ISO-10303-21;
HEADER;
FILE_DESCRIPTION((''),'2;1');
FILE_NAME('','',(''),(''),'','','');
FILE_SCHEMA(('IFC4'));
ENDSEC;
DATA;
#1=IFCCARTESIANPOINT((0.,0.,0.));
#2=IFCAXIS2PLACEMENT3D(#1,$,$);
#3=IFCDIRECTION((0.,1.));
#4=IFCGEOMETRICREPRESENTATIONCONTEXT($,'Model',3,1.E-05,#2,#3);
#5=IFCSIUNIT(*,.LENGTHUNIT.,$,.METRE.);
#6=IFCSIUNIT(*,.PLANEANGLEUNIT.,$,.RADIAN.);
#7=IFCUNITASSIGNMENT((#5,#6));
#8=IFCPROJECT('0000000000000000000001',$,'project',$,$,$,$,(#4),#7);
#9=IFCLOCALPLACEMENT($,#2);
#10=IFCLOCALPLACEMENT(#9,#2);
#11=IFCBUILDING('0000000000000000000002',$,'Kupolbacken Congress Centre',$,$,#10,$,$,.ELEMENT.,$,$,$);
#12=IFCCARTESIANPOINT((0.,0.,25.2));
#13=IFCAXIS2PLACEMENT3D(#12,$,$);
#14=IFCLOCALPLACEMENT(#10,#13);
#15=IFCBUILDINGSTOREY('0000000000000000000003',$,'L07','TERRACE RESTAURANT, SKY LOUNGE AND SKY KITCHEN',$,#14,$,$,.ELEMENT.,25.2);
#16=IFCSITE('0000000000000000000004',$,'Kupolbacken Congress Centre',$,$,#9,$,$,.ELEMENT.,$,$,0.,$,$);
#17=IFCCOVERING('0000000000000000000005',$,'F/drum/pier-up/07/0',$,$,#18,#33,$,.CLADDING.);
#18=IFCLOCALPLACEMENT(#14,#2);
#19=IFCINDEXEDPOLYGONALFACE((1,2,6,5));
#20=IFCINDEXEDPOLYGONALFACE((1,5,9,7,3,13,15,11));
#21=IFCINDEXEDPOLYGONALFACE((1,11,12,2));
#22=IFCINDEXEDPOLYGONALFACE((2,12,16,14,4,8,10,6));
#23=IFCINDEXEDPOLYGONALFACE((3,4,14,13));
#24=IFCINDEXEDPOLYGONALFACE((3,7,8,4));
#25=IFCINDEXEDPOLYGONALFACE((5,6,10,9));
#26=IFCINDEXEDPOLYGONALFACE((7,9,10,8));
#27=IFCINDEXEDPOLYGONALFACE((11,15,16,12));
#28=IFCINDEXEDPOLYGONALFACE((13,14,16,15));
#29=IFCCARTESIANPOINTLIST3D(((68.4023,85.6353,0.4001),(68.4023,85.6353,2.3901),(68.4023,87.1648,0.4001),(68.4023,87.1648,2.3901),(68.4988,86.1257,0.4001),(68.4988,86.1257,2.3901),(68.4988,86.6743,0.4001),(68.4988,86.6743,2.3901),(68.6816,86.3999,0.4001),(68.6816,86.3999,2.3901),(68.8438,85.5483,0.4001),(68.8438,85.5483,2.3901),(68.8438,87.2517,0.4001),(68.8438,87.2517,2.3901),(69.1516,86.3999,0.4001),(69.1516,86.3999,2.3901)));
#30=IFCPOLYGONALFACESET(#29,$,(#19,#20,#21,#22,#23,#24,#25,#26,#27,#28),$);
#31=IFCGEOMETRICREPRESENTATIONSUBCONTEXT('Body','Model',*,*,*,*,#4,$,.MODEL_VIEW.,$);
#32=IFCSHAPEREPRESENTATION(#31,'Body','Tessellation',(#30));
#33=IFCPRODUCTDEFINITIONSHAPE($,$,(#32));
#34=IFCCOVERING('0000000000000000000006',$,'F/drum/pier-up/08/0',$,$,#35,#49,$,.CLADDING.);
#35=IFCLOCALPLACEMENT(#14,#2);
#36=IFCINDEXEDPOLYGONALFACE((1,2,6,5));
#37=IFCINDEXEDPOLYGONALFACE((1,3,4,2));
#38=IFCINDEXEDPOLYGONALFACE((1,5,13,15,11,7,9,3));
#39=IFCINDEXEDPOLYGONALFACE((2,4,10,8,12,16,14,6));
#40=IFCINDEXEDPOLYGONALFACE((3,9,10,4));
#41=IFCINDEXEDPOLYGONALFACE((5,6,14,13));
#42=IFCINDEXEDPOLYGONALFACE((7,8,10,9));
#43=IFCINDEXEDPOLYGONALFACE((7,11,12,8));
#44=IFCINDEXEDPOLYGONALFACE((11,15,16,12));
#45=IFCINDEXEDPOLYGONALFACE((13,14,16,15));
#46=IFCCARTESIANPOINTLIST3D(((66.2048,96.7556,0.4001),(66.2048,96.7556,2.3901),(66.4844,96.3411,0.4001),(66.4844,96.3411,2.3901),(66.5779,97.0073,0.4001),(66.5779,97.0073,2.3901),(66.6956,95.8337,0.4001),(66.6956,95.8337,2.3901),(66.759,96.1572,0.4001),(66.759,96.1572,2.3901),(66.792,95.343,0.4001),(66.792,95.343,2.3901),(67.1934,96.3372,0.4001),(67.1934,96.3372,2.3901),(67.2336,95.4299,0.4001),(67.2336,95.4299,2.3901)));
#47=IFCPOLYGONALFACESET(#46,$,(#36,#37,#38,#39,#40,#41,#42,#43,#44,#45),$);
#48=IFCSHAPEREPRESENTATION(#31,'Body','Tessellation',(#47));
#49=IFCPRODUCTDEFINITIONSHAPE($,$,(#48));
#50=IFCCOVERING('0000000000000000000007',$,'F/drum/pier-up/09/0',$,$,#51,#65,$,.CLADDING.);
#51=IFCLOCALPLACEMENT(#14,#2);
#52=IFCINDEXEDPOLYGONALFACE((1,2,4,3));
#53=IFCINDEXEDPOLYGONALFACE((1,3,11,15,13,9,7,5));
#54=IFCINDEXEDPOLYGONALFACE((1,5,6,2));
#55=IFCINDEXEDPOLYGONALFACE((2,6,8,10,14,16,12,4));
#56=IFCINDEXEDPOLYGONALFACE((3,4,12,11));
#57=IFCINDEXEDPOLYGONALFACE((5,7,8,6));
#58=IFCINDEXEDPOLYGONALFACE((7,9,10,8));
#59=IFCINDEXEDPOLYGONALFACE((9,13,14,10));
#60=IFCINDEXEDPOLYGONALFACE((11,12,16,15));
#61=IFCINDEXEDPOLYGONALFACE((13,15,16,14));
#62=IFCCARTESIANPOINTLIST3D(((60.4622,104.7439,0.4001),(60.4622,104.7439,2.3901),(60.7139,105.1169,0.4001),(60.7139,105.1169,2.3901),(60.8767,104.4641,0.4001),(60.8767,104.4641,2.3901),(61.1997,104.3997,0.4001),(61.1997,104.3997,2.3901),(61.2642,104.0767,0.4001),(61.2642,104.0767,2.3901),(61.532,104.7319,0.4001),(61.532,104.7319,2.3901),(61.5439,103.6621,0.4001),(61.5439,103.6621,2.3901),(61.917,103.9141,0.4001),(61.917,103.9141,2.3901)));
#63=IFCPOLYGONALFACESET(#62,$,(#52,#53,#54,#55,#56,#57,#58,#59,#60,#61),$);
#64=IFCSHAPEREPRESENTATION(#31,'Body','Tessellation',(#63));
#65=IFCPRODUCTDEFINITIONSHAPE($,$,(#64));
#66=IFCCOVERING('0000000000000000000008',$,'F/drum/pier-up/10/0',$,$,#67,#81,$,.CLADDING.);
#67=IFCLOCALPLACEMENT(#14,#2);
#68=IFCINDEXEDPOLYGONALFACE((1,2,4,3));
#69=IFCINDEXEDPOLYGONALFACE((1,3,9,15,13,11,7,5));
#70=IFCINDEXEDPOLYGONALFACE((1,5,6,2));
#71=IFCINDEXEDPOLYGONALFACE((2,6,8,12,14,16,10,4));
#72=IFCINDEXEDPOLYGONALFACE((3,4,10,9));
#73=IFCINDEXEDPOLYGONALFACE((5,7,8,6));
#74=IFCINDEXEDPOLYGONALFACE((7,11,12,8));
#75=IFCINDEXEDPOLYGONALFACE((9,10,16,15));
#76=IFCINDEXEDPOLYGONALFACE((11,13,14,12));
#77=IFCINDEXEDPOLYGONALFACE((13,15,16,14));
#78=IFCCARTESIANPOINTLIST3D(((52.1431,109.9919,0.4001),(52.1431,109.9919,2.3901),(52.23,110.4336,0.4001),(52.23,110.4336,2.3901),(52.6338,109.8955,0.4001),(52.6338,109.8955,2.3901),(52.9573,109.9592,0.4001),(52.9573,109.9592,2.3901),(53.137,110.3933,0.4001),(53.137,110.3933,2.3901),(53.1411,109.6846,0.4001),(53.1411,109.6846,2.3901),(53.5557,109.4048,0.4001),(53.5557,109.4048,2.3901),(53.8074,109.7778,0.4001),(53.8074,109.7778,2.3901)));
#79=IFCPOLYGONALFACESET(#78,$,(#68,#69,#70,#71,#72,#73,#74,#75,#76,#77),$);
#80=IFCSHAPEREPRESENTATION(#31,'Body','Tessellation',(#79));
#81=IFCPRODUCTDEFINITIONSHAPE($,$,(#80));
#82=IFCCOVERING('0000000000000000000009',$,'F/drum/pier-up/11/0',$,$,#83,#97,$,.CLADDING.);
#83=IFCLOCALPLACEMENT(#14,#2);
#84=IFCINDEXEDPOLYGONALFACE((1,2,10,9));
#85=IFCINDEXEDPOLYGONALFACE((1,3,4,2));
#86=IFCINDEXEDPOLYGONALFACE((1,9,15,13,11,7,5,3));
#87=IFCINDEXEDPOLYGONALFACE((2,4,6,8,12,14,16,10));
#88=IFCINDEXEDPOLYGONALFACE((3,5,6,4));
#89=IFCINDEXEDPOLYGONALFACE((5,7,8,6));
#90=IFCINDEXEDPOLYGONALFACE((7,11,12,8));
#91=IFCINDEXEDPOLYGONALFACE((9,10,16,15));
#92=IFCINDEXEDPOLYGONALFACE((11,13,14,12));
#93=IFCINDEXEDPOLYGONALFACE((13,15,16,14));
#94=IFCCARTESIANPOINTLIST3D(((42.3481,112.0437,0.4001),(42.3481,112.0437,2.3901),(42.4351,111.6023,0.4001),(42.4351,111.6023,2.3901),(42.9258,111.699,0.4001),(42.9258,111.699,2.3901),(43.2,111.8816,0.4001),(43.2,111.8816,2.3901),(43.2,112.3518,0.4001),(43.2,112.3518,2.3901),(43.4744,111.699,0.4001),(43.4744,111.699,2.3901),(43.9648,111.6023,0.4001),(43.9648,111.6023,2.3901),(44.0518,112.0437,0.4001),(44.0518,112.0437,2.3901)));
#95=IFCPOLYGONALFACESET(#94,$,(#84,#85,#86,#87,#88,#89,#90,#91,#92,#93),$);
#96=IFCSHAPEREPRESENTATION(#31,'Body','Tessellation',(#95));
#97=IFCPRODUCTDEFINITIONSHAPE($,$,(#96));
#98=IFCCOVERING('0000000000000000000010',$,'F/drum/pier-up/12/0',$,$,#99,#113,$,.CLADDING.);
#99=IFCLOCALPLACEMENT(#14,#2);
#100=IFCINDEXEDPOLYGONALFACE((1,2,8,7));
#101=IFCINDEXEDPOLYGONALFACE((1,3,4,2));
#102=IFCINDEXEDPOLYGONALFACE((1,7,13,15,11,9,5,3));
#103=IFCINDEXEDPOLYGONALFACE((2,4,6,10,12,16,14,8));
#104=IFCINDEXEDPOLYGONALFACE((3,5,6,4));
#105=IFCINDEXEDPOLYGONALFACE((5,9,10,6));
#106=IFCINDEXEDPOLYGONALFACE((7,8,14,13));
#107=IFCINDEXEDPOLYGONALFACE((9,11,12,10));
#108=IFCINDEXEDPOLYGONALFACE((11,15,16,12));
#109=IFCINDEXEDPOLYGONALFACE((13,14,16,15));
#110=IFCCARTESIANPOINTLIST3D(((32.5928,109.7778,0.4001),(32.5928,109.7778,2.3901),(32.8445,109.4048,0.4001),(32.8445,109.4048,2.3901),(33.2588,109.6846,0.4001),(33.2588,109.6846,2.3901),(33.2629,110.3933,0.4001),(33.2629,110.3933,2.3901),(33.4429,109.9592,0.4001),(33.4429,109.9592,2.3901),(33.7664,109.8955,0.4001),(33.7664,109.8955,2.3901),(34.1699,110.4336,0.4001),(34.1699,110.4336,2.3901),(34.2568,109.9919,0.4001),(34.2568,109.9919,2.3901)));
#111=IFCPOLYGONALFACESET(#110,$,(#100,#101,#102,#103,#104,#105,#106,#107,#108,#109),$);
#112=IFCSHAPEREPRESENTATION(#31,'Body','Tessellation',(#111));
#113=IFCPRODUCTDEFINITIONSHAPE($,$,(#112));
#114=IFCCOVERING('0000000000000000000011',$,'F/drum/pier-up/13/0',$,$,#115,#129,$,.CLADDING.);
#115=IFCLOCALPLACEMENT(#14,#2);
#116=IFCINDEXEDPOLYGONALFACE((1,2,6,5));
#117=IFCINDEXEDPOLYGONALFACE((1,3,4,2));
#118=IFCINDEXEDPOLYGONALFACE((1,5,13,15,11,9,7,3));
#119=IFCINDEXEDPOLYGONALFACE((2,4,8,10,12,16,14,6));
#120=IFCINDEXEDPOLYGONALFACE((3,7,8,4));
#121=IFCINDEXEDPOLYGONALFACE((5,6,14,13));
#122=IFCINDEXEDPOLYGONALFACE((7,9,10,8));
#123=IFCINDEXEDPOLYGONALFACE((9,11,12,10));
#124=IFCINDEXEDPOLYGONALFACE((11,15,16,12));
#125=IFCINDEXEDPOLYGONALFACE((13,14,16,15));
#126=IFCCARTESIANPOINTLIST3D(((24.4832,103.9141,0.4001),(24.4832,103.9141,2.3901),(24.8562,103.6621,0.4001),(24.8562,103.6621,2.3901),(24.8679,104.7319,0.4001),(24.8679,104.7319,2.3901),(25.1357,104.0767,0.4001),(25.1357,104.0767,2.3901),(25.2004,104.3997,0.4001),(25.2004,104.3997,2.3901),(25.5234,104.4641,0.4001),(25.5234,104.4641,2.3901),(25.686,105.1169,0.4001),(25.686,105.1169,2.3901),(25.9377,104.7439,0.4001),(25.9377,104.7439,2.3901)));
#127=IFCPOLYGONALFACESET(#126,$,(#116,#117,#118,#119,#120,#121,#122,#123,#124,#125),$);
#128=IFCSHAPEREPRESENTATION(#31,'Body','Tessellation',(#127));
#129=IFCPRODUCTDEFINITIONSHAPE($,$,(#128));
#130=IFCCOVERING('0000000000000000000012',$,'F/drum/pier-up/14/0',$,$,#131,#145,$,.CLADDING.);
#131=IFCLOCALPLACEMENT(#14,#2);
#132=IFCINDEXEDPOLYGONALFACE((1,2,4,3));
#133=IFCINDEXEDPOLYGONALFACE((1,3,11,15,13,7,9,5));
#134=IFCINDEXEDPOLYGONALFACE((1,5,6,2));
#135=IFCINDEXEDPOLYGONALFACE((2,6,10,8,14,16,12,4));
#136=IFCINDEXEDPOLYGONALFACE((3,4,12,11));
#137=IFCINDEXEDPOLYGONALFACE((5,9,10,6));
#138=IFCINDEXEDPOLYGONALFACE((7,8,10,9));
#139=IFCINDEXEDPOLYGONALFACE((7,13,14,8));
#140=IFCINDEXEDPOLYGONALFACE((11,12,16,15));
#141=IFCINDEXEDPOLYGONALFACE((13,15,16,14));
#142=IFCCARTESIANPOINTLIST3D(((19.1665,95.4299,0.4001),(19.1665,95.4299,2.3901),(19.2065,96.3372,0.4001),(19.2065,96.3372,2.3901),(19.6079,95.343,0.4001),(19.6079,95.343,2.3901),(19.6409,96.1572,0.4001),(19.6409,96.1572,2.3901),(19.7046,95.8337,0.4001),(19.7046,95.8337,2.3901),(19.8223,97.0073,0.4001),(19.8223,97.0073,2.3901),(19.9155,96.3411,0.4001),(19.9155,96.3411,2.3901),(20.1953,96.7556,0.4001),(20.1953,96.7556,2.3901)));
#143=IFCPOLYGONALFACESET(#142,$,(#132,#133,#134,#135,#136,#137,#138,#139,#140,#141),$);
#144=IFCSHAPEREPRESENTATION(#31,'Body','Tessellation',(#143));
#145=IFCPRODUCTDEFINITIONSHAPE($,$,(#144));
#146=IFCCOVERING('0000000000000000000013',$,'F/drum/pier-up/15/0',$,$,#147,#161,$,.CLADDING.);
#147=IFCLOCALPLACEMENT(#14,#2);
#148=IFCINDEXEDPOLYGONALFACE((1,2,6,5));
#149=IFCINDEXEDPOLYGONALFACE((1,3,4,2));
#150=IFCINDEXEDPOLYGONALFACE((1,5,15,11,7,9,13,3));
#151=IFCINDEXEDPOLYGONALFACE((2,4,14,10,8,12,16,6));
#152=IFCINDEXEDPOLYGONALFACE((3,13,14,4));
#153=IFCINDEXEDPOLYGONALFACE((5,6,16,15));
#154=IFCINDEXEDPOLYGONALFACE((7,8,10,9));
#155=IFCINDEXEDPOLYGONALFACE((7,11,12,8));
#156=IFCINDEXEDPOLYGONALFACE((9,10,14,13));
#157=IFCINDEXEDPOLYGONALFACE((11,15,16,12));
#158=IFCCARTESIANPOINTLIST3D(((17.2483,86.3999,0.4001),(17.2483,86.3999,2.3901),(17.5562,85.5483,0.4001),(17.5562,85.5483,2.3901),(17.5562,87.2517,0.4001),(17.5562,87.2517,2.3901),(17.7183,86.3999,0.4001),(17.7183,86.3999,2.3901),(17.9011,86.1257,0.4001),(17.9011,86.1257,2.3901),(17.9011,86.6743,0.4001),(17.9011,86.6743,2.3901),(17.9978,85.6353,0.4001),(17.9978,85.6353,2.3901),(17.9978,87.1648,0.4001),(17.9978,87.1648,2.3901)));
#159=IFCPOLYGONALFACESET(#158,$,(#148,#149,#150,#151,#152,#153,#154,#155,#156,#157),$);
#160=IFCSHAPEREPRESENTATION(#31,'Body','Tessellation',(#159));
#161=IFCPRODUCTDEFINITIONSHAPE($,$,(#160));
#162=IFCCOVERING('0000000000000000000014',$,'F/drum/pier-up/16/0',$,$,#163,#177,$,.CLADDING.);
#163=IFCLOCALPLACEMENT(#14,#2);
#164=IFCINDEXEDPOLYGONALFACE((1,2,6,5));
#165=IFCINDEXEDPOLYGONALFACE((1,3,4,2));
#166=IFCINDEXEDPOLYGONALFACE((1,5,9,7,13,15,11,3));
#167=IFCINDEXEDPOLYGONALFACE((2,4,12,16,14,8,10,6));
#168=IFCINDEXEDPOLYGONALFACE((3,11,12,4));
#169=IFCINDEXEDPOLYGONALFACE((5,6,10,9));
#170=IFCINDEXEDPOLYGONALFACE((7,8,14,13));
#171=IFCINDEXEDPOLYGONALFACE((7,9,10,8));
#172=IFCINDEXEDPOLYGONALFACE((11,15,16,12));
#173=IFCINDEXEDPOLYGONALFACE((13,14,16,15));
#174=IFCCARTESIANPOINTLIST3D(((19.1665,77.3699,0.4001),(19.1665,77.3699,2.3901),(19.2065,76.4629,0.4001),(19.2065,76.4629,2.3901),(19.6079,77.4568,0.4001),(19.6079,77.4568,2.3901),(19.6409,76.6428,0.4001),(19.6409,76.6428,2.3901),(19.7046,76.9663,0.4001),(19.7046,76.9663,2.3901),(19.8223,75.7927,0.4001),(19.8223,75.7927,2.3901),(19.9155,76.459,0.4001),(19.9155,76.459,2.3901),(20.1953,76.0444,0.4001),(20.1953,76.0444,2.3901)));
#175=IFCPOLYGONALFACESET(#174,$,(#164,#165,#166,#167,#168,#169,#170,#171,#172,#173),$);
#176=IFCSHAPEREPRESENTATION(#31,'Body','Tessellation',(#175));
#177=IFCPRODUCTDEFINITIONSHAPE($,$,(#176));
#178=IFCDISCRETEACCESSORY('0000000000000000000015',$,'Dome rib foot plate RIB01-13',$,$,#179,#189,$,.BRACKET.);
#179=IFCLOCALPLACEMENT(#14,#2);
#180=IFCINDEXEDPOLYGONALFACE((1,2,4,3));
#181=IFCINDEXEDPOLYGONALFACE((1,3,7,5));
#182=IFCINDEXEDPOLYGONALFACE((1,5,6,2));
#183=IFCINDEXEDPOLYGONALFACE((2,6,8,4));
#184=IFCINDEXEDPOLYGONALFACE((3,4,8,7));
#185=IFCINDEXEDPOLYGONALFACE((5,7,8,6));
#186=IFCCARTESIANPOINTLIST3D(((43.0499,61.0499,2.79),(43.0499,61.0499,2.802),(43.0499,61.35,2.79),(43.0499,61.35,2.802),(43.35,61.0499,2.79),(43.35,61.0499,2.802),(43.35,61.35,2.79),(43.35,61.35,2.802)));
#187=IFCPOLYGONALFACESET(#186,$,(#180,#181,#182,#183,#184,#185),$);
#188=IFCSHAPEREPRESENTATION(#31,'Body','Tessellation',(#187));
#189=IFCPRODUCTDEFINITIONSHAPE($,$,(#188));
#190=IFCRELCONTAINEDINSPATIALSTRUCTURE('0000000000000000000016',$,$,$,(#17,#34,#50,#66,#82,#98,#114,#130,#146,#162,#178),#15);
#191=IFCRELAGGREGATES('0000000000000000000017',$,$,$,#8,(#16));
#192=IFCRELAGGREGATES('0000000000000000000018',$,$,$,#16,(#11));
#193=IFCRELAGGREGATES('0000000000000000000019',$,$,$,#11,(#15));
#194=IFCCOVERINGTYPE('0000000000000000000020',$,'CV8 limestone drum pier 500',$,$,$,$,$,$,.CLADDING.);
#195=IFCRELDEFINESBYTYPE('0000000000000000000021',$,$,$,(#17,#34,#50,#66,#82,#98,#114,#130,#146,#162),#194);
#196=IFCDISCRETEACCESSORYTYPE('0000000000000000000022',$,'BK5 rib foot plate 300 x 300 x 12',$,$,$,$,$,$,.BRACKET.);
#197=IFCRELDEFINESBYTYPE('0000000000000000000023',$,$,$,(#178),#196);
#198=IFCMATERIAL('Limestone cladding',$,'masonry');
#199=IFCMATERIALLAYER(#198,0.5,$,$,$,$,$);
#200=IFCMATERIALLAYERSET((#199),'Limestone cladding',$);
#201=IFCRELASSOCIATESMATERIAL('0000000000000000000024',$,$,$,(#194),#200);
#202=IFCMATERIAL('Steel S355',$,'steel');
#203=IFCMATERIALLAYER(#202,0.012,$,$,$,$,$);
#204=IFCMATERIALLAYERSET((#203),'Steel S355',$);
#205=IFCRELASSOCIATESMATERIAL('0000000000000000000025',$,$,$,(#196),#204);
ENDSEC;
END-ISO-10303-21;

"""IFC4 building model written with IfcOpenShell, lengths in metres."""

from ifc_helpers import new_model, si_unit, direction, frame, origin, origin_2d, place, context, subcontext, project, spatial, polyline, rectangle, outline, extrude, material, layer, layer_set, type_object, element, save


model = new_model("IFC4")

# Units and contexts
model_context = context("Model", 3, precision=1e-05, world=origin(), true_north=direction((0.0, 1.0)))
body_context = subcontext(model_context, "Body", "Model", "MODEL_VIEW")
ifc_project = project(units=[si_unit("LENGTHUNIT", "METRE"), si_unit("PLANEANGLEUNIT", "RADIAN")], contexts=[model_context])

# Site, building, storey
site_placement = place(None, origin())
site = spatial("IfcSite", under=ifc_project, at=site_placement, Name="Kupolbacken Congress Centre", CompositionType="ELEMENT", RefElevation=0.0)
building_placement = place(site_placement, origin())
building = spatial("IfcBuilding", under=site, at=building_placement, Name="Kupolbacken Congress Centre", CompositionType="ELEMENT")
storey_placement = place(building_placement, frame((0.0, 0.0, 25.2)))
storey = spatial("IfcBuildingStorey", under=building, at=storey_placement, Name="L07", Description="TERRACE RESTAURANT, SKY LOUNGE AND SKY KITCHEN", CompositionType="ELEMENT", Elevation=25.2)

# Coverings
ifc_material_1 = material(Name="Limestone cladding", Category="masonry")
ifc_layer_1 = layer(ifc_material_1, 0.5)
ifc_layer_set_1 = layer_set([ifc_layer_1], Name="Limestone cladding")
covering_type_1 = type_object("IfcCoveringType", Name="CV8 limestone drum pier 500", PredefinedType="CLADDING", material=ifc_layer_set_1)
covering_1_placement = place(storey_placement, frame((0.0, 0.0, 0.4001)))
element("IfcCovering", 1, at=covering_1_placement, inside=storey, type_object=covering_type_1, Name="F/drum/pier-up/07/0", PredefinedType="CLADDING", context=body_context, shape_type="SweptSolid", body=[
    extrude(outline(polyline([(68.8438, 85.5483), (69.1516, 86.3999), (68.8438, 87.2517), (68.4023, 87.1648), (68.4988, 86.6743), (68.6816, 86.3999), (68.4988, 86.1257), (68.4023, 85.6353), (68.8438, 85.5483)])), origin(), (0.0, 0.0, 1.0), 1.99),
])
covering_2_placement = place(storey_placement, frame((0.0, 0.0, 0.4001)))
element("IfcCovering", 2, at=covering_2_placement, inside=storey, type_object=covering_type_1, Name="F/drum/pier-up/08/0", PredefinedType="CLADDING", context=body_context, shape_type="SweptSolid", body=[
    extrude(outline(polyline([(67.2336, 95.4299), (67.1934, 96.3372), (66.5779, 97.0073), (66.2048, 96.7556), (66.4844, 96.3411), (66.759, 96.1572), (66.6956, 95.8337), (66.792, 95.343), (67.2336, 95.4299)])), origin(), (0.0, 0.0, 1.0), 1.99),
])
covering_3_placement = place(storey_placement, frame((0.0, 0.0, 0.4001)))
element("IfcCovering", 3, at=covering_3_placement, inside=storey, type_object=covering_type_1, Name="F/drum/pier-up/09/0", PredefinedType="CLADDING", context=body_context, shape_type="SweptSolid", body=[
    extrude(outline(polyline([(61.917, 103.9141), (61.532, 104.7319), (60.7139, 105.1169), (60.4622, 104.7439), (60.8767, 104.4641), (61.1997, 104.3997), (61.2642, 104.0767), (61.5439, 103.6621), (61.917, 103.9141)])), origin(), (0.0, 0.0, 1.0), 1.99),
])
covering_4_placement = place(storey_placement, frame((0.0, 0.0, 0.4001)))
element("IfcCovering", 4, at=covering_4_placement, inside=storey, type_object=covering_type_1, Name="F/drum/pier-up/10/0", PredefinedType="CLADDING", context=body_context, shape_type="SweptSolid", body=[
    extrude(outline(polyline([(53.8074, 109.7778), (53.137, 110.3933), (52.23, 110.4336), (52.1431, 109.9919), (52.6338, 109.8955), (52.9573, 109.9592), (53.1411, 109.6846), (53.5557, 109.4048), (53.8074, 109.7778)])), origin(), (0.0, 0.0, 1.0), 1.99),
])
covering_5_placement = place(storey_placement, frame((0.0, 0.0, 0.4001)))
element("IfcCovering", 5, at=covering_5_placement, inside=storey, type_object=covering_type_1, Name="F/drum/pier-up/11/0", PredefinedType="CLADDING", context=body_context, shape_type="SweptSolid", body=[
    extrude(outline(polyline([(44.0518, 112.0437), (43.2, 112.3518), (42.3481, 112.0437), (42.4351, 111.6023), (42.9258, 111.699), (43.2, 111.8816), (43.4744, 111.699), (43.9648, 111.6023), (44.0518, 112.0437)])), origin(), (0.0, 0.0, 1.0), 1.99),
])
covering_6_placement = place(storey_placement, frame((0.0, 0.0, 0.4001)))
element("IfcCovering", 6, at=covering_6_placement, inside=storey, type_object=covering_type_1, Name="F/drum/pier-up/12/0", PredefinedType="CLADDING", context=body_context, shape_type="SweptSolid", body=[
    extrude(outline(polyline([(34.1699, 110.4336), (33.2629, 110.3933), (32.5928, 109.7778), (32.8445, 109.4048), (33.2588, 109.6846), (33.4429, 109.9592), (33.7664, 109.8955), (34.2568, 109.9919), (34.1699, 110.4336)])), origin(), (0.0, 0.0, 1.0), 1.99),
])
covering_7_placement = place(storey_placement, frame((0.0, 0.0, 0.4001)))
element("IfcCovering", 7, at=covering_7_placement, inside=storey, type_object=covering_type_1, Name="F/drum/pier-up/13/0", PredefinedType="CLADDING", context=body_context, shape_type="SweptSolid", body=[
    extrude(outline(polyline([(25.686, 105.1169), (24.8679, 104.7319), (24.4832, 103.9141), (24.8562, 103.6621), (25.1357, 104.0767), (25.2004, 104.3997), (25.5234, 104.4641), (25.9377, 104.7439), (25.686, 105.1169)])), origin(), (0.0, 0.0, 1.0), 1.99),
])
covering_8_placement = place(storey_placement, frame((0.0, 0.0, 0.4001)))
element("IfcCovering", 8, at=covering_8_placement, inside=storey, type_object=covering_type_1, Name="F/drum/pier-up/14/0", PredefinedType="CLADDING", context=body_context, shape_type="SweptSolid", body=[
    extrude(outline(polyline([(19.8223, 97.0073), (19.2065, 96.3372), (19.1665, 95.4299), (19.6079, 95.343), (19.7046, 95.8337), (19.6409, 96.1572), (19.9155, 96.3411), (20.1953, 96.7556), (19.8223, 97.0073)])), origin(), (0.0, 0.0, 1.0), 1.99),
])
covering_9_placement = place(storey_placement, frame((0.0, 0.0, 0.4001)))
element("IfcCovering", 9, at=covering_9_placement, inside=storey, type_object=covering_type_1, Name="F/drum/pier-up/15/0", PredefinedType="CLADDING", context=body_context, shape_type="SweptSolid", body=[
    extrude(outline(polyline([(17.5562, 87.2517), (17.2483, 86.3999), (17.5562, 85.5483), (17.9978, 85.6353), (17.9011, 86.1257), (17.7183, 86.3999), (17.9011, 86.6743), (17.9978, 87.1648), (17.5562, 87.2517)])), origin(), (0.0, 0.0, 1.0), 1.99),
])
covering_10_placement = place(storey_placement, frame((0.0, 0.0, 0.4001)))
element("IfcCovering", 10, at=covering_10_placement, inside=storey, type_object=covering_type_1, Name="F/drum/pier-up/16/0", PredefinedType="CLADDING", context=body_context, shape_type="SweptSolid", body=[
    extrude(outline(polyline([(19.1665, 77.3699), (19.2065, 76.4629), (19.8223, 75.7927), (20.1953, 76.0444), (19.9155, 76.459), (19.6409, 76.6428), (19.7046, 76.9663), (19.6079, 77.4568), (19.1665, 77.3699)])), origin(), (0.0, 0.0, 1.0), 1.99),
])

# Discrete accessory
ifc_material_2 = material(Name="Steel S355", Category="steel")
ifc_layer_2 = layer(ifc_material_2, 0.012)
ifc_layer_set_2 = layer_set([ifc_layer_2], Name="Steel S355")
discrete_accessory_type = type_object("IfcDiscreteAccessoryType", Name="BK5 rib foot plate 300 x 300 x 12", PredefinedType="BRACKET", material=ifc_layer_set_2)
discrete_accessory_placement = place(storey_placement, frame((43.2, 61.2, 2.79), z_axis=(0.0, 0.0, 1.0), x_axis=(1.0, 0.0, 0.0)))
element("IfcDiscreteAccessory", 11, at=discrete_accessory_placement, inside=storey, type_object=discrete_accessory_type, Name="Dome rib foot plate RIB01-13", PredefinedType="BRACKET", context=body_context, shape_type="SweptSolid", body=[
    extrude(rectangle(XDim=0.3, YDim=0.3, at=origin_2d()), origin(), (0.0, 0.0, 1.0), 0.012),
])

save(model, "model.ifc")
